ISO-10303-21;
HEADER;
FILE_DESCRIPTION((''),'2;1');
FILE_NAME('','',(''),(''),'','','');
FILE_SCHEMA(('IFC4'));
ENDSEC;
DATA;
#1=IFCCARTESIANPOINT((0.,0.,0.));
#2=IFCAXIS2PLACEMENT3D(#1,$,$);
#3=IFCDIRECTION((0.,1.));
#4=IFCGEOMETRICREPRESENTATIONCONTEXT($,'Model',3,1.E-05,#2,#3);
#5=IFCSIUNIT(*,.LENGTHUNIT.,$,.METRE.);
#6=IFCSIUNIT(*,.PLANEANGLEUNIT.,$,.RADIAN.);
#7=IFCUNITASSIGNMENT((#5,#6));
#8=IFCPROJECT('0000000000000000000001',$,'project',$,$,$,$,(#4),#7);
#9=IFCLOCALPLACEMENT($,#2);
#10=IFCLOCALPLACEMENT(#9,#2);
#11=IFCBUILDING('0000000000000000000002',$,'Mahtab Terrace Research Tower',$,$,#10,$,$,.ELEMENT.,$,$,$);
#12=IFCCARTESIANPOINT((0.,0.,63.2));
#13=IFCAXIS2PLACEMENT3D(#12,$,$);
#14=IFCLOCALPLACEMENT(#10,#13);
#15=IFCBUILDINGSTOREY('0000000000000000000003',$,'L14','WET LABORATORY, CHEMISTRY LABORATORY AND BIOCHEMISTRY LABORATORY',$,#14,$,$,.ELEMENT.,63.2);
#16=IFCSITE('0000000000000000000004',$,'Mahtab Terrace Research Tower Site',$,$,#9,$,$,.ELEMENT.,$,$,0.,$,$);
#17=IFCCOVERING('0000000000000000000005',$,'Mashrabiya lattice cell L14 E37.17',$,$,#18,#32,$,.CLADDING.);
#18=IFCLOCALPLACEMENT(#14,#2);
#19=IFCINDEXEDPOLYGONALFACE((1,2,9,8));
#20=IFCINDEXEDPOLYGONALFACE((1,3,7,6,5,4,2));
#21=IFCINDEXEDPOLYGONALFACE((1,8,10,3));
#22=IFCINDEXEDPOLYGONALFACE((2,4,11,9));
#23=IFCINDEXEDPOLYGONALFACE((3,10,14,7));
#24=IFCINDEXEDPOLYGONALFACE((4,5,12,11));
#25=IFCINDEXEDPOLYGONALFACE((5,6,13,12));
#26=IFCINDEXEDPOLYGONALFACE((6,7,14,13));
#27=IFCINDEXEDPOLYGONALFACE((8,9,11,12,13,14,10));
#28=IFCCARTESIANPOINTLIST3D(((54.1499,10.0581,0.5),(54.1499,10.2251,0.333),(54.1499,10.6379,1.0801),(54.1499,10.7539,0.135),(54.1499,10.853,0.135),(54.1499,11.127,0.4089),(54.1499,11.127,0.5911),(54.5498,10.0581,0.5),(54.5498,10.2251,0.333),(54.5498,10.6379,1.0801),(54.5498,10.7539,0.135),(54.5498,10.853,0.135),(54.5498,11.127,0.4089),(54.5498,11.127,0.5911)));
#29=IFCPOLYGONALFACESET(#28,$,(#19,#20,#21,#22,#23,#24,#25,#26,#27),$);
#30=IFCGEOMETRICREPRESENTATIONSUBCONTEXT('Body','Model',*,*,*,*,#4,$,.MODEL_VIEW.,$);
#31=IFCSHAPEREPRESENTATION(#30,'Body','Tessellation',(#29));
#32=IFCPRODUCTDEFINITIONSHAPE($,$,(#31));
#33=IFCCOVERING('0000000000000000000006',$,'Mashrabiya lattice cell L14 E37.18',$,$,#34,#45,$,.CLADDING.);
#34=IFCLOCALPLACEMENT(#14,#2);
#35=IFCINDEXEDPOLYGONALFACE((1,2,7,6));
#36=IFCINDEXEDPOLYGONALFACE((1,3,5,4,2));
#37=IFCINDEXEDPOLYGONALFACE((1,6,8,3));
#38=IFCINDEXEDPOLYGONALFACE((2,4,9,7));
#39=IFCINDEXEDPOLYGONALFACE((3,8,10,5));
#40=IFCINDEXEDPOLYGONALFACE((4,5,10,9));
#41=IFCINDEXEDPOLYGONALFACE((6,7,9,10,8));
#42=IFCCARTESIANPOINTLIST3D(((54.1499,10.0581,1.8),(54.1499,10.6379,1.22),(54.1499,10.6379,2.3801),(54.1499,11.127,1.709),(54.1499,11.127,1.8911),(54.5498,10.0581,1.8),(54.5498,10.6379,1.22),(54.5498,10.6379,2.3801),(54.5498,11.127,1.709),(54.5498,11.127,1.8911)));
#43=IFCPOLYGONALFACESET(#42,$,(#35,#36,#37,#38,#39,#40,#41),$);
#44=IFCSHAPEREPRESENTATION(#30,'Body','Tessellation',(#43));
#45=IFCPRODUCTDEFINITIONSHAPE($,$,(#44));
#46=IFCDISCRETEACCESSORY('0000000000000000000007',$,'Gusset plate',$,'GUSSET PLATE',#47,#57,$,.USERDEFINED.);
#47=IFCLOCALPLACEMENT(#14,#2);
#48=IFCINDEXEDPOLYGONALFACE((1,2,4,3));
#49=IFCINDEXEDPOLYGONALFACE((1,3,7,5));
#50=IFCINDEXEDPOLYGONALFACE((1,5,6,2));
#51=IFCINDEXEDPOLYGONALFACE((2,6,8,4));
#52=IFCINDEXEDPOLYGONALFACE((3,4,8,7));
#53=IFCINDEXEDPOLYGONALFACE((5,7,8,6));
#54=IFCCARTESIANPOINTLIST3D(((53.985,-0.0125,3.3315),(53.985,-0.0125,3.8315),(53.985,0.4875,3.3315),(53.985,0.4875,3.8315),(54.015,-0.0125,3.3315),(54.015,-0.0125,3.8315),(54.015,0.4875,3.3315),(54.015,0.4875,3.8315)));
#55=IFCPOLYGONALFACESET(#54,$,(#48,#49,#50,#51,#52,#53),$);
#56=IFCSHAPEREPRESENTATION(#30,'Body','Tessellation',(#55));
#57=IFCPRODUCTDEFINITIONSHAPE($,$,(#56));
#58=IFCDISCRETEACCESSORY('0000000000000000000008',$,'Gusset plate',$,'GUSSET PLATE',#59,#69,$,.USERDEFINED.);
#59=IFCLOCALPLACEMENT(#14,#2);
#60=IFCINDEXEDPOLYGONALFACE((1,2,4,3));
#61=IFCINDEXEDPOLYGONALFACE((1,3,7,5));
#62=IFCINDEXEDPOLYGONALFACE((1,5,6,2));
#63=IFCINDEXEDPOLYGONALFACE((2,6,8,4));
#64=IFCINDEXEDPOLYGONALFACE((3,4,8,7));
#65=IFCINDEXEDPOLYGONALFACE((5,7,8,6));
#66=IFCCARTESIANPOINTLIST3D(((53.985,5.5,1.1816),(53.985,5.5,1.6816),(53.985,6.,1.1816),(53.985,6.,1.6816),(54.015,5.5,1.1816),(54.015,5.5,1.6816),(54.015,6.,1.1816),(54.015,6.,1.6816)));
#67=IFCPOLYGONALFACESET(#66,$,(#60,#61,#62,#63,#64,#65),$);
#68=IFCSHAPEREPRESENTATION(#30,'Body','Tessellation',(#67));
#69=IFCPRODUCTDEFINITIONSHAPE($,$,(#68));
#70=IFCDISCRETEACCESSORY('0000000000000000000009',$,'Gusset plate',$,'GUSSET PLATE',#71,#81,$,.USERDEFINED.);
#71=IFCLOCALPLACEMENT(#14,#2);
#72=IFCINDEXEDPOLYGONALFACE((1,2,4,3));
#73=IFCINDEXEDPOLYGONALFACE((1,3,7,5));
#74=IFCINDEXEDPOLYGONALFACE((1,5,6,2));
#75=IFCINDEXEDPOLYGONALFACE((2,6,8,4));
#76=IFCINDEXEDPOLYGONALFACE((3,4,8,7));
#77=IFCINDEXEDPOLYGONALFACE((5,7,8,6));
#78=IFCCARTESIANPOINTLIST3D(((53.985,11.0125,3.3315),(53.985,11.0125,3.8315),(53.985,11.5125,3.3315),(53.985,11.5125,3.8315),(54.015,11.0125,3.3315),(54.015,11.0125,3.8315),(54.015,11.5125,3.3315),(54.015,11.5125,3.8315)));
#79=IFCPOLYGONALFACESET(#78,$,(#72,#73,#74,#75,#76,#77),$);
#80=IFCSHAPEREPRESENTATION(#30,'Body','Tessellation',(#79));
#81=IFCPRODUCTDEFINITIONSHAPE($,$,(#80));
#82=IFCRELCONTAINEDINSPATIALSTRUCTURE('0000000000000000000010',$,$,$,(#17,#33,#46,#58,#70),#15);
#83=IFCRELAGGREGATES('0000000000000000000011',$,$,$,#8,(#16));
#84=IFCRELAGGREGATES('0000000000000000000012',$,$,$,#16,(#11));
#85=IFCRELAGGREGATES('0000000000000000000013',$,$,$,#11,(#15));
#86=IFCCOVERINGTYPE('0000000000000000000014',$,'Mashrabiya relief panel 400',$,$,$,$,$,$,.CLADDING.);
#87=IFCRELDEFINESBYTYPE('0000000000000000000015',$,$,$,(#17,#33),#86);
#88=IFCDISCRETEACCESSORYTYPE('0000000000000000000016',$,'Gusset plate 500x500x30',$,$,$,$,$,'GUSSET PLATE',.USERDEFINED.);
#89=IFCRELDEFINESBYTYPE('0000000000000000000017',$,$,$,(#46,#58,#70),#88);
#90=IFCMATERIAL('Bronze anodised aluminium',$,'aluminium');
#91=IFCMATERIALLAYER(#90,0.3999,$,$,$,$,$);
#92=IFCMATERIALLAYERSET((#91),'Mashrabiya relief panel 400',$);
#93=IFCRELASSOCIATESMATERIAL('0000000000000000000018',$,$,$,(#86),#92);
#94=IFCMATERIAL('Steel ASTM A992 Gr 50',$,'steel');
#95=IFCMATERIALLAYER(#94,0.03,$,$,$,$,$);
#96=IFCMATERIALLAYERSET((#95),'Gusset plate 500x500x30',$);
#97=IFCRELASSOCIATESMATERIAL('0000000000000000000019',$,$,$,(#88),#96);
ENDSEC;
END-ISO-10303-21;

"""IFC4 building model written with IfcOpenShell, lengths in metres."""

from ifc_helpers import new_model, si_unit, direction, frame, origin, origin_2d, place, context, subcontext, project, spatial, polyline, rectangle, outline, extrude, material, layer, layer_set, type_object, element, save


model = new_model("IFC4")

# Units and contexts
model_context = context("Model", 3, precision=1e-05, world=origin(), true_north=direction((0.0, 1.0)))
body_context = subcontext(model_context, "Body", "Model", "MODEL_VIEW")
ifc_project = project(units=[si_unit("LENGTHUNIT", "METRE"), si_unit("PLANEANGLEUNIT", "RADIAN")], contexts=[model_context])

# Site, building, storey
site_placement = place(None, origin())
site = spatial("IfcSite", under=ifc_project, at=site_placement, Name="Mahtab Terrace Research Tower Site", CompositionType="ELEMENT", RefElevation=0.0)
building_placement = place(site_placement, origin())
building = spatial("IfcBuilding", under=site, at=building_placement, Name="Mahtab Terrace Research Tower", CompositionType="ELEMENT")
storey_placement = place(building_placement, frame((0.0, 0.0, 63.2)))
storey = spatial("IfcBuildingStorey", under=building, at=storey_placement, Name="L14", Description="WET LABORATORY, CHEMISTRY LABORATORY AND BIOCHEMISTRY LABORATORY", CompositionType="ELEMENT", Elevation=63.2)

# Shared definitions
ifc_material_1 = material(Name="Steel ASTM A992 Gr 50", Category="steel")

# Coverings
ifc_material_2 = material(Name="Bronze anodised aluminium", Category="aluminium")
ifc_layer_1 = layer(ifc_material_2, 0.3999)
ifc_layer_set_1 = layer_set([ifc_layer_1], Name="Mashrabiya relief panel 400")
covering_type = type_object("IfcCoveringType", Name="Mashrabiya relief panel 400", PredefinedType="CLADDING", material=ifc_layer_set_1)
covering_1_placement = place(storey_placement, frame((54.1499, 10.0581, 0.5), z_axis=(-1.0, 0.0, 0.0), x_axis=(0.0, 0.706958, 0.707256)))
element("IfcCovering", 1, at=covering_1_placement, inside=storey, type_object=covering_type, Name="Mashrabiya lattice cell L14 E37.17", PredefinedType="CLADDING", context=body_context, shape_type="SweptSolid", body=[
    extrude(outline(polyline([(0.0, 0.0), (0.8202, 0.0), (0.82, 0.6916), (0.6912, 0.8203), (0.3038, 0.8202), (0.2338, 0.7501), (0.0, 0.2362), (0.0, 0.0)])), origin(), (0.0, 0.0, -1.0), 0.3999),
])
covering_2_placement = place(storey_placement, frame((54.1499, 10.6379, 1.22), z_axis=(-1.0, 0.0, 0.0), x_axis=(0.0, -0.706958, 0.707256)))
element("IfcCovering", 2, at=covering_2_placement, inside=storey, type_object=covering_type, Name="Mashrabiya lattice cell L14 E37.18", PredefinedType="CLADDING", context=body_context, shape_type="SweptSolid", body=[
    extrude(outline(polyline([(0.0, 0.0), (0.8202, 0.0), (0.8205, 0.8202), (0.129, 0.8203), (0.0001, 0.6916), (0.0, 0.0)])), origin(), (0.0, 0.0, -1.0), 0.3999),
])

# Discrete accessories
ifc_layer_2 = layer(ifc_material_1, 0.03)
ifc_layer_set_2 = layer_set([ifc_layer_2], Name="Gusset plate 500x500x30")
discrete_accessory_type = type_object("IfcDiscreteAccessoryType", Name="Gusset plate 500x500x30", ElementType="GUSSET PLATE", PredefinedType="USERDEFINED", material=ifc_layer_set_2)
for number, where, z_axis, x_axis, name in (
    (3, (54.0, 0.2375, 3.3315), (0.0, 0.0, 1.0), (0.0, 1.0, 0.0), "Gusset plate"),
    (4, (54.0, 5.75, 1.1816), (0.0, 0.0, 1.0), (0.0, 1.0, 0.0), "Gusset plate"),
    (5, (54.0, 11.2625, 3.3315), (0.0, 0.0, 1.0), (0.0, 1.0, 0.0), "Gusset plate"),
):
    element("IfcDiscreteAccessory", number, at=place(storey_placement, frame(where, z_axis=z_axis, x_axis=x_axis)), inside=storey, type_object=discrete_accessory_type, Name=name, ObjectType="GUSSET PLATE", PredefinedType="USERDEFINED", context=body_context, shape_type="SweptSolid", body=[
        extrude(rectangle(XDim=0.5, YDim=0.03, at=origin_2d()), origin(), (0.0, 0.0, 1.0), 0.5),
    ])

save(model, "model.ifc")
